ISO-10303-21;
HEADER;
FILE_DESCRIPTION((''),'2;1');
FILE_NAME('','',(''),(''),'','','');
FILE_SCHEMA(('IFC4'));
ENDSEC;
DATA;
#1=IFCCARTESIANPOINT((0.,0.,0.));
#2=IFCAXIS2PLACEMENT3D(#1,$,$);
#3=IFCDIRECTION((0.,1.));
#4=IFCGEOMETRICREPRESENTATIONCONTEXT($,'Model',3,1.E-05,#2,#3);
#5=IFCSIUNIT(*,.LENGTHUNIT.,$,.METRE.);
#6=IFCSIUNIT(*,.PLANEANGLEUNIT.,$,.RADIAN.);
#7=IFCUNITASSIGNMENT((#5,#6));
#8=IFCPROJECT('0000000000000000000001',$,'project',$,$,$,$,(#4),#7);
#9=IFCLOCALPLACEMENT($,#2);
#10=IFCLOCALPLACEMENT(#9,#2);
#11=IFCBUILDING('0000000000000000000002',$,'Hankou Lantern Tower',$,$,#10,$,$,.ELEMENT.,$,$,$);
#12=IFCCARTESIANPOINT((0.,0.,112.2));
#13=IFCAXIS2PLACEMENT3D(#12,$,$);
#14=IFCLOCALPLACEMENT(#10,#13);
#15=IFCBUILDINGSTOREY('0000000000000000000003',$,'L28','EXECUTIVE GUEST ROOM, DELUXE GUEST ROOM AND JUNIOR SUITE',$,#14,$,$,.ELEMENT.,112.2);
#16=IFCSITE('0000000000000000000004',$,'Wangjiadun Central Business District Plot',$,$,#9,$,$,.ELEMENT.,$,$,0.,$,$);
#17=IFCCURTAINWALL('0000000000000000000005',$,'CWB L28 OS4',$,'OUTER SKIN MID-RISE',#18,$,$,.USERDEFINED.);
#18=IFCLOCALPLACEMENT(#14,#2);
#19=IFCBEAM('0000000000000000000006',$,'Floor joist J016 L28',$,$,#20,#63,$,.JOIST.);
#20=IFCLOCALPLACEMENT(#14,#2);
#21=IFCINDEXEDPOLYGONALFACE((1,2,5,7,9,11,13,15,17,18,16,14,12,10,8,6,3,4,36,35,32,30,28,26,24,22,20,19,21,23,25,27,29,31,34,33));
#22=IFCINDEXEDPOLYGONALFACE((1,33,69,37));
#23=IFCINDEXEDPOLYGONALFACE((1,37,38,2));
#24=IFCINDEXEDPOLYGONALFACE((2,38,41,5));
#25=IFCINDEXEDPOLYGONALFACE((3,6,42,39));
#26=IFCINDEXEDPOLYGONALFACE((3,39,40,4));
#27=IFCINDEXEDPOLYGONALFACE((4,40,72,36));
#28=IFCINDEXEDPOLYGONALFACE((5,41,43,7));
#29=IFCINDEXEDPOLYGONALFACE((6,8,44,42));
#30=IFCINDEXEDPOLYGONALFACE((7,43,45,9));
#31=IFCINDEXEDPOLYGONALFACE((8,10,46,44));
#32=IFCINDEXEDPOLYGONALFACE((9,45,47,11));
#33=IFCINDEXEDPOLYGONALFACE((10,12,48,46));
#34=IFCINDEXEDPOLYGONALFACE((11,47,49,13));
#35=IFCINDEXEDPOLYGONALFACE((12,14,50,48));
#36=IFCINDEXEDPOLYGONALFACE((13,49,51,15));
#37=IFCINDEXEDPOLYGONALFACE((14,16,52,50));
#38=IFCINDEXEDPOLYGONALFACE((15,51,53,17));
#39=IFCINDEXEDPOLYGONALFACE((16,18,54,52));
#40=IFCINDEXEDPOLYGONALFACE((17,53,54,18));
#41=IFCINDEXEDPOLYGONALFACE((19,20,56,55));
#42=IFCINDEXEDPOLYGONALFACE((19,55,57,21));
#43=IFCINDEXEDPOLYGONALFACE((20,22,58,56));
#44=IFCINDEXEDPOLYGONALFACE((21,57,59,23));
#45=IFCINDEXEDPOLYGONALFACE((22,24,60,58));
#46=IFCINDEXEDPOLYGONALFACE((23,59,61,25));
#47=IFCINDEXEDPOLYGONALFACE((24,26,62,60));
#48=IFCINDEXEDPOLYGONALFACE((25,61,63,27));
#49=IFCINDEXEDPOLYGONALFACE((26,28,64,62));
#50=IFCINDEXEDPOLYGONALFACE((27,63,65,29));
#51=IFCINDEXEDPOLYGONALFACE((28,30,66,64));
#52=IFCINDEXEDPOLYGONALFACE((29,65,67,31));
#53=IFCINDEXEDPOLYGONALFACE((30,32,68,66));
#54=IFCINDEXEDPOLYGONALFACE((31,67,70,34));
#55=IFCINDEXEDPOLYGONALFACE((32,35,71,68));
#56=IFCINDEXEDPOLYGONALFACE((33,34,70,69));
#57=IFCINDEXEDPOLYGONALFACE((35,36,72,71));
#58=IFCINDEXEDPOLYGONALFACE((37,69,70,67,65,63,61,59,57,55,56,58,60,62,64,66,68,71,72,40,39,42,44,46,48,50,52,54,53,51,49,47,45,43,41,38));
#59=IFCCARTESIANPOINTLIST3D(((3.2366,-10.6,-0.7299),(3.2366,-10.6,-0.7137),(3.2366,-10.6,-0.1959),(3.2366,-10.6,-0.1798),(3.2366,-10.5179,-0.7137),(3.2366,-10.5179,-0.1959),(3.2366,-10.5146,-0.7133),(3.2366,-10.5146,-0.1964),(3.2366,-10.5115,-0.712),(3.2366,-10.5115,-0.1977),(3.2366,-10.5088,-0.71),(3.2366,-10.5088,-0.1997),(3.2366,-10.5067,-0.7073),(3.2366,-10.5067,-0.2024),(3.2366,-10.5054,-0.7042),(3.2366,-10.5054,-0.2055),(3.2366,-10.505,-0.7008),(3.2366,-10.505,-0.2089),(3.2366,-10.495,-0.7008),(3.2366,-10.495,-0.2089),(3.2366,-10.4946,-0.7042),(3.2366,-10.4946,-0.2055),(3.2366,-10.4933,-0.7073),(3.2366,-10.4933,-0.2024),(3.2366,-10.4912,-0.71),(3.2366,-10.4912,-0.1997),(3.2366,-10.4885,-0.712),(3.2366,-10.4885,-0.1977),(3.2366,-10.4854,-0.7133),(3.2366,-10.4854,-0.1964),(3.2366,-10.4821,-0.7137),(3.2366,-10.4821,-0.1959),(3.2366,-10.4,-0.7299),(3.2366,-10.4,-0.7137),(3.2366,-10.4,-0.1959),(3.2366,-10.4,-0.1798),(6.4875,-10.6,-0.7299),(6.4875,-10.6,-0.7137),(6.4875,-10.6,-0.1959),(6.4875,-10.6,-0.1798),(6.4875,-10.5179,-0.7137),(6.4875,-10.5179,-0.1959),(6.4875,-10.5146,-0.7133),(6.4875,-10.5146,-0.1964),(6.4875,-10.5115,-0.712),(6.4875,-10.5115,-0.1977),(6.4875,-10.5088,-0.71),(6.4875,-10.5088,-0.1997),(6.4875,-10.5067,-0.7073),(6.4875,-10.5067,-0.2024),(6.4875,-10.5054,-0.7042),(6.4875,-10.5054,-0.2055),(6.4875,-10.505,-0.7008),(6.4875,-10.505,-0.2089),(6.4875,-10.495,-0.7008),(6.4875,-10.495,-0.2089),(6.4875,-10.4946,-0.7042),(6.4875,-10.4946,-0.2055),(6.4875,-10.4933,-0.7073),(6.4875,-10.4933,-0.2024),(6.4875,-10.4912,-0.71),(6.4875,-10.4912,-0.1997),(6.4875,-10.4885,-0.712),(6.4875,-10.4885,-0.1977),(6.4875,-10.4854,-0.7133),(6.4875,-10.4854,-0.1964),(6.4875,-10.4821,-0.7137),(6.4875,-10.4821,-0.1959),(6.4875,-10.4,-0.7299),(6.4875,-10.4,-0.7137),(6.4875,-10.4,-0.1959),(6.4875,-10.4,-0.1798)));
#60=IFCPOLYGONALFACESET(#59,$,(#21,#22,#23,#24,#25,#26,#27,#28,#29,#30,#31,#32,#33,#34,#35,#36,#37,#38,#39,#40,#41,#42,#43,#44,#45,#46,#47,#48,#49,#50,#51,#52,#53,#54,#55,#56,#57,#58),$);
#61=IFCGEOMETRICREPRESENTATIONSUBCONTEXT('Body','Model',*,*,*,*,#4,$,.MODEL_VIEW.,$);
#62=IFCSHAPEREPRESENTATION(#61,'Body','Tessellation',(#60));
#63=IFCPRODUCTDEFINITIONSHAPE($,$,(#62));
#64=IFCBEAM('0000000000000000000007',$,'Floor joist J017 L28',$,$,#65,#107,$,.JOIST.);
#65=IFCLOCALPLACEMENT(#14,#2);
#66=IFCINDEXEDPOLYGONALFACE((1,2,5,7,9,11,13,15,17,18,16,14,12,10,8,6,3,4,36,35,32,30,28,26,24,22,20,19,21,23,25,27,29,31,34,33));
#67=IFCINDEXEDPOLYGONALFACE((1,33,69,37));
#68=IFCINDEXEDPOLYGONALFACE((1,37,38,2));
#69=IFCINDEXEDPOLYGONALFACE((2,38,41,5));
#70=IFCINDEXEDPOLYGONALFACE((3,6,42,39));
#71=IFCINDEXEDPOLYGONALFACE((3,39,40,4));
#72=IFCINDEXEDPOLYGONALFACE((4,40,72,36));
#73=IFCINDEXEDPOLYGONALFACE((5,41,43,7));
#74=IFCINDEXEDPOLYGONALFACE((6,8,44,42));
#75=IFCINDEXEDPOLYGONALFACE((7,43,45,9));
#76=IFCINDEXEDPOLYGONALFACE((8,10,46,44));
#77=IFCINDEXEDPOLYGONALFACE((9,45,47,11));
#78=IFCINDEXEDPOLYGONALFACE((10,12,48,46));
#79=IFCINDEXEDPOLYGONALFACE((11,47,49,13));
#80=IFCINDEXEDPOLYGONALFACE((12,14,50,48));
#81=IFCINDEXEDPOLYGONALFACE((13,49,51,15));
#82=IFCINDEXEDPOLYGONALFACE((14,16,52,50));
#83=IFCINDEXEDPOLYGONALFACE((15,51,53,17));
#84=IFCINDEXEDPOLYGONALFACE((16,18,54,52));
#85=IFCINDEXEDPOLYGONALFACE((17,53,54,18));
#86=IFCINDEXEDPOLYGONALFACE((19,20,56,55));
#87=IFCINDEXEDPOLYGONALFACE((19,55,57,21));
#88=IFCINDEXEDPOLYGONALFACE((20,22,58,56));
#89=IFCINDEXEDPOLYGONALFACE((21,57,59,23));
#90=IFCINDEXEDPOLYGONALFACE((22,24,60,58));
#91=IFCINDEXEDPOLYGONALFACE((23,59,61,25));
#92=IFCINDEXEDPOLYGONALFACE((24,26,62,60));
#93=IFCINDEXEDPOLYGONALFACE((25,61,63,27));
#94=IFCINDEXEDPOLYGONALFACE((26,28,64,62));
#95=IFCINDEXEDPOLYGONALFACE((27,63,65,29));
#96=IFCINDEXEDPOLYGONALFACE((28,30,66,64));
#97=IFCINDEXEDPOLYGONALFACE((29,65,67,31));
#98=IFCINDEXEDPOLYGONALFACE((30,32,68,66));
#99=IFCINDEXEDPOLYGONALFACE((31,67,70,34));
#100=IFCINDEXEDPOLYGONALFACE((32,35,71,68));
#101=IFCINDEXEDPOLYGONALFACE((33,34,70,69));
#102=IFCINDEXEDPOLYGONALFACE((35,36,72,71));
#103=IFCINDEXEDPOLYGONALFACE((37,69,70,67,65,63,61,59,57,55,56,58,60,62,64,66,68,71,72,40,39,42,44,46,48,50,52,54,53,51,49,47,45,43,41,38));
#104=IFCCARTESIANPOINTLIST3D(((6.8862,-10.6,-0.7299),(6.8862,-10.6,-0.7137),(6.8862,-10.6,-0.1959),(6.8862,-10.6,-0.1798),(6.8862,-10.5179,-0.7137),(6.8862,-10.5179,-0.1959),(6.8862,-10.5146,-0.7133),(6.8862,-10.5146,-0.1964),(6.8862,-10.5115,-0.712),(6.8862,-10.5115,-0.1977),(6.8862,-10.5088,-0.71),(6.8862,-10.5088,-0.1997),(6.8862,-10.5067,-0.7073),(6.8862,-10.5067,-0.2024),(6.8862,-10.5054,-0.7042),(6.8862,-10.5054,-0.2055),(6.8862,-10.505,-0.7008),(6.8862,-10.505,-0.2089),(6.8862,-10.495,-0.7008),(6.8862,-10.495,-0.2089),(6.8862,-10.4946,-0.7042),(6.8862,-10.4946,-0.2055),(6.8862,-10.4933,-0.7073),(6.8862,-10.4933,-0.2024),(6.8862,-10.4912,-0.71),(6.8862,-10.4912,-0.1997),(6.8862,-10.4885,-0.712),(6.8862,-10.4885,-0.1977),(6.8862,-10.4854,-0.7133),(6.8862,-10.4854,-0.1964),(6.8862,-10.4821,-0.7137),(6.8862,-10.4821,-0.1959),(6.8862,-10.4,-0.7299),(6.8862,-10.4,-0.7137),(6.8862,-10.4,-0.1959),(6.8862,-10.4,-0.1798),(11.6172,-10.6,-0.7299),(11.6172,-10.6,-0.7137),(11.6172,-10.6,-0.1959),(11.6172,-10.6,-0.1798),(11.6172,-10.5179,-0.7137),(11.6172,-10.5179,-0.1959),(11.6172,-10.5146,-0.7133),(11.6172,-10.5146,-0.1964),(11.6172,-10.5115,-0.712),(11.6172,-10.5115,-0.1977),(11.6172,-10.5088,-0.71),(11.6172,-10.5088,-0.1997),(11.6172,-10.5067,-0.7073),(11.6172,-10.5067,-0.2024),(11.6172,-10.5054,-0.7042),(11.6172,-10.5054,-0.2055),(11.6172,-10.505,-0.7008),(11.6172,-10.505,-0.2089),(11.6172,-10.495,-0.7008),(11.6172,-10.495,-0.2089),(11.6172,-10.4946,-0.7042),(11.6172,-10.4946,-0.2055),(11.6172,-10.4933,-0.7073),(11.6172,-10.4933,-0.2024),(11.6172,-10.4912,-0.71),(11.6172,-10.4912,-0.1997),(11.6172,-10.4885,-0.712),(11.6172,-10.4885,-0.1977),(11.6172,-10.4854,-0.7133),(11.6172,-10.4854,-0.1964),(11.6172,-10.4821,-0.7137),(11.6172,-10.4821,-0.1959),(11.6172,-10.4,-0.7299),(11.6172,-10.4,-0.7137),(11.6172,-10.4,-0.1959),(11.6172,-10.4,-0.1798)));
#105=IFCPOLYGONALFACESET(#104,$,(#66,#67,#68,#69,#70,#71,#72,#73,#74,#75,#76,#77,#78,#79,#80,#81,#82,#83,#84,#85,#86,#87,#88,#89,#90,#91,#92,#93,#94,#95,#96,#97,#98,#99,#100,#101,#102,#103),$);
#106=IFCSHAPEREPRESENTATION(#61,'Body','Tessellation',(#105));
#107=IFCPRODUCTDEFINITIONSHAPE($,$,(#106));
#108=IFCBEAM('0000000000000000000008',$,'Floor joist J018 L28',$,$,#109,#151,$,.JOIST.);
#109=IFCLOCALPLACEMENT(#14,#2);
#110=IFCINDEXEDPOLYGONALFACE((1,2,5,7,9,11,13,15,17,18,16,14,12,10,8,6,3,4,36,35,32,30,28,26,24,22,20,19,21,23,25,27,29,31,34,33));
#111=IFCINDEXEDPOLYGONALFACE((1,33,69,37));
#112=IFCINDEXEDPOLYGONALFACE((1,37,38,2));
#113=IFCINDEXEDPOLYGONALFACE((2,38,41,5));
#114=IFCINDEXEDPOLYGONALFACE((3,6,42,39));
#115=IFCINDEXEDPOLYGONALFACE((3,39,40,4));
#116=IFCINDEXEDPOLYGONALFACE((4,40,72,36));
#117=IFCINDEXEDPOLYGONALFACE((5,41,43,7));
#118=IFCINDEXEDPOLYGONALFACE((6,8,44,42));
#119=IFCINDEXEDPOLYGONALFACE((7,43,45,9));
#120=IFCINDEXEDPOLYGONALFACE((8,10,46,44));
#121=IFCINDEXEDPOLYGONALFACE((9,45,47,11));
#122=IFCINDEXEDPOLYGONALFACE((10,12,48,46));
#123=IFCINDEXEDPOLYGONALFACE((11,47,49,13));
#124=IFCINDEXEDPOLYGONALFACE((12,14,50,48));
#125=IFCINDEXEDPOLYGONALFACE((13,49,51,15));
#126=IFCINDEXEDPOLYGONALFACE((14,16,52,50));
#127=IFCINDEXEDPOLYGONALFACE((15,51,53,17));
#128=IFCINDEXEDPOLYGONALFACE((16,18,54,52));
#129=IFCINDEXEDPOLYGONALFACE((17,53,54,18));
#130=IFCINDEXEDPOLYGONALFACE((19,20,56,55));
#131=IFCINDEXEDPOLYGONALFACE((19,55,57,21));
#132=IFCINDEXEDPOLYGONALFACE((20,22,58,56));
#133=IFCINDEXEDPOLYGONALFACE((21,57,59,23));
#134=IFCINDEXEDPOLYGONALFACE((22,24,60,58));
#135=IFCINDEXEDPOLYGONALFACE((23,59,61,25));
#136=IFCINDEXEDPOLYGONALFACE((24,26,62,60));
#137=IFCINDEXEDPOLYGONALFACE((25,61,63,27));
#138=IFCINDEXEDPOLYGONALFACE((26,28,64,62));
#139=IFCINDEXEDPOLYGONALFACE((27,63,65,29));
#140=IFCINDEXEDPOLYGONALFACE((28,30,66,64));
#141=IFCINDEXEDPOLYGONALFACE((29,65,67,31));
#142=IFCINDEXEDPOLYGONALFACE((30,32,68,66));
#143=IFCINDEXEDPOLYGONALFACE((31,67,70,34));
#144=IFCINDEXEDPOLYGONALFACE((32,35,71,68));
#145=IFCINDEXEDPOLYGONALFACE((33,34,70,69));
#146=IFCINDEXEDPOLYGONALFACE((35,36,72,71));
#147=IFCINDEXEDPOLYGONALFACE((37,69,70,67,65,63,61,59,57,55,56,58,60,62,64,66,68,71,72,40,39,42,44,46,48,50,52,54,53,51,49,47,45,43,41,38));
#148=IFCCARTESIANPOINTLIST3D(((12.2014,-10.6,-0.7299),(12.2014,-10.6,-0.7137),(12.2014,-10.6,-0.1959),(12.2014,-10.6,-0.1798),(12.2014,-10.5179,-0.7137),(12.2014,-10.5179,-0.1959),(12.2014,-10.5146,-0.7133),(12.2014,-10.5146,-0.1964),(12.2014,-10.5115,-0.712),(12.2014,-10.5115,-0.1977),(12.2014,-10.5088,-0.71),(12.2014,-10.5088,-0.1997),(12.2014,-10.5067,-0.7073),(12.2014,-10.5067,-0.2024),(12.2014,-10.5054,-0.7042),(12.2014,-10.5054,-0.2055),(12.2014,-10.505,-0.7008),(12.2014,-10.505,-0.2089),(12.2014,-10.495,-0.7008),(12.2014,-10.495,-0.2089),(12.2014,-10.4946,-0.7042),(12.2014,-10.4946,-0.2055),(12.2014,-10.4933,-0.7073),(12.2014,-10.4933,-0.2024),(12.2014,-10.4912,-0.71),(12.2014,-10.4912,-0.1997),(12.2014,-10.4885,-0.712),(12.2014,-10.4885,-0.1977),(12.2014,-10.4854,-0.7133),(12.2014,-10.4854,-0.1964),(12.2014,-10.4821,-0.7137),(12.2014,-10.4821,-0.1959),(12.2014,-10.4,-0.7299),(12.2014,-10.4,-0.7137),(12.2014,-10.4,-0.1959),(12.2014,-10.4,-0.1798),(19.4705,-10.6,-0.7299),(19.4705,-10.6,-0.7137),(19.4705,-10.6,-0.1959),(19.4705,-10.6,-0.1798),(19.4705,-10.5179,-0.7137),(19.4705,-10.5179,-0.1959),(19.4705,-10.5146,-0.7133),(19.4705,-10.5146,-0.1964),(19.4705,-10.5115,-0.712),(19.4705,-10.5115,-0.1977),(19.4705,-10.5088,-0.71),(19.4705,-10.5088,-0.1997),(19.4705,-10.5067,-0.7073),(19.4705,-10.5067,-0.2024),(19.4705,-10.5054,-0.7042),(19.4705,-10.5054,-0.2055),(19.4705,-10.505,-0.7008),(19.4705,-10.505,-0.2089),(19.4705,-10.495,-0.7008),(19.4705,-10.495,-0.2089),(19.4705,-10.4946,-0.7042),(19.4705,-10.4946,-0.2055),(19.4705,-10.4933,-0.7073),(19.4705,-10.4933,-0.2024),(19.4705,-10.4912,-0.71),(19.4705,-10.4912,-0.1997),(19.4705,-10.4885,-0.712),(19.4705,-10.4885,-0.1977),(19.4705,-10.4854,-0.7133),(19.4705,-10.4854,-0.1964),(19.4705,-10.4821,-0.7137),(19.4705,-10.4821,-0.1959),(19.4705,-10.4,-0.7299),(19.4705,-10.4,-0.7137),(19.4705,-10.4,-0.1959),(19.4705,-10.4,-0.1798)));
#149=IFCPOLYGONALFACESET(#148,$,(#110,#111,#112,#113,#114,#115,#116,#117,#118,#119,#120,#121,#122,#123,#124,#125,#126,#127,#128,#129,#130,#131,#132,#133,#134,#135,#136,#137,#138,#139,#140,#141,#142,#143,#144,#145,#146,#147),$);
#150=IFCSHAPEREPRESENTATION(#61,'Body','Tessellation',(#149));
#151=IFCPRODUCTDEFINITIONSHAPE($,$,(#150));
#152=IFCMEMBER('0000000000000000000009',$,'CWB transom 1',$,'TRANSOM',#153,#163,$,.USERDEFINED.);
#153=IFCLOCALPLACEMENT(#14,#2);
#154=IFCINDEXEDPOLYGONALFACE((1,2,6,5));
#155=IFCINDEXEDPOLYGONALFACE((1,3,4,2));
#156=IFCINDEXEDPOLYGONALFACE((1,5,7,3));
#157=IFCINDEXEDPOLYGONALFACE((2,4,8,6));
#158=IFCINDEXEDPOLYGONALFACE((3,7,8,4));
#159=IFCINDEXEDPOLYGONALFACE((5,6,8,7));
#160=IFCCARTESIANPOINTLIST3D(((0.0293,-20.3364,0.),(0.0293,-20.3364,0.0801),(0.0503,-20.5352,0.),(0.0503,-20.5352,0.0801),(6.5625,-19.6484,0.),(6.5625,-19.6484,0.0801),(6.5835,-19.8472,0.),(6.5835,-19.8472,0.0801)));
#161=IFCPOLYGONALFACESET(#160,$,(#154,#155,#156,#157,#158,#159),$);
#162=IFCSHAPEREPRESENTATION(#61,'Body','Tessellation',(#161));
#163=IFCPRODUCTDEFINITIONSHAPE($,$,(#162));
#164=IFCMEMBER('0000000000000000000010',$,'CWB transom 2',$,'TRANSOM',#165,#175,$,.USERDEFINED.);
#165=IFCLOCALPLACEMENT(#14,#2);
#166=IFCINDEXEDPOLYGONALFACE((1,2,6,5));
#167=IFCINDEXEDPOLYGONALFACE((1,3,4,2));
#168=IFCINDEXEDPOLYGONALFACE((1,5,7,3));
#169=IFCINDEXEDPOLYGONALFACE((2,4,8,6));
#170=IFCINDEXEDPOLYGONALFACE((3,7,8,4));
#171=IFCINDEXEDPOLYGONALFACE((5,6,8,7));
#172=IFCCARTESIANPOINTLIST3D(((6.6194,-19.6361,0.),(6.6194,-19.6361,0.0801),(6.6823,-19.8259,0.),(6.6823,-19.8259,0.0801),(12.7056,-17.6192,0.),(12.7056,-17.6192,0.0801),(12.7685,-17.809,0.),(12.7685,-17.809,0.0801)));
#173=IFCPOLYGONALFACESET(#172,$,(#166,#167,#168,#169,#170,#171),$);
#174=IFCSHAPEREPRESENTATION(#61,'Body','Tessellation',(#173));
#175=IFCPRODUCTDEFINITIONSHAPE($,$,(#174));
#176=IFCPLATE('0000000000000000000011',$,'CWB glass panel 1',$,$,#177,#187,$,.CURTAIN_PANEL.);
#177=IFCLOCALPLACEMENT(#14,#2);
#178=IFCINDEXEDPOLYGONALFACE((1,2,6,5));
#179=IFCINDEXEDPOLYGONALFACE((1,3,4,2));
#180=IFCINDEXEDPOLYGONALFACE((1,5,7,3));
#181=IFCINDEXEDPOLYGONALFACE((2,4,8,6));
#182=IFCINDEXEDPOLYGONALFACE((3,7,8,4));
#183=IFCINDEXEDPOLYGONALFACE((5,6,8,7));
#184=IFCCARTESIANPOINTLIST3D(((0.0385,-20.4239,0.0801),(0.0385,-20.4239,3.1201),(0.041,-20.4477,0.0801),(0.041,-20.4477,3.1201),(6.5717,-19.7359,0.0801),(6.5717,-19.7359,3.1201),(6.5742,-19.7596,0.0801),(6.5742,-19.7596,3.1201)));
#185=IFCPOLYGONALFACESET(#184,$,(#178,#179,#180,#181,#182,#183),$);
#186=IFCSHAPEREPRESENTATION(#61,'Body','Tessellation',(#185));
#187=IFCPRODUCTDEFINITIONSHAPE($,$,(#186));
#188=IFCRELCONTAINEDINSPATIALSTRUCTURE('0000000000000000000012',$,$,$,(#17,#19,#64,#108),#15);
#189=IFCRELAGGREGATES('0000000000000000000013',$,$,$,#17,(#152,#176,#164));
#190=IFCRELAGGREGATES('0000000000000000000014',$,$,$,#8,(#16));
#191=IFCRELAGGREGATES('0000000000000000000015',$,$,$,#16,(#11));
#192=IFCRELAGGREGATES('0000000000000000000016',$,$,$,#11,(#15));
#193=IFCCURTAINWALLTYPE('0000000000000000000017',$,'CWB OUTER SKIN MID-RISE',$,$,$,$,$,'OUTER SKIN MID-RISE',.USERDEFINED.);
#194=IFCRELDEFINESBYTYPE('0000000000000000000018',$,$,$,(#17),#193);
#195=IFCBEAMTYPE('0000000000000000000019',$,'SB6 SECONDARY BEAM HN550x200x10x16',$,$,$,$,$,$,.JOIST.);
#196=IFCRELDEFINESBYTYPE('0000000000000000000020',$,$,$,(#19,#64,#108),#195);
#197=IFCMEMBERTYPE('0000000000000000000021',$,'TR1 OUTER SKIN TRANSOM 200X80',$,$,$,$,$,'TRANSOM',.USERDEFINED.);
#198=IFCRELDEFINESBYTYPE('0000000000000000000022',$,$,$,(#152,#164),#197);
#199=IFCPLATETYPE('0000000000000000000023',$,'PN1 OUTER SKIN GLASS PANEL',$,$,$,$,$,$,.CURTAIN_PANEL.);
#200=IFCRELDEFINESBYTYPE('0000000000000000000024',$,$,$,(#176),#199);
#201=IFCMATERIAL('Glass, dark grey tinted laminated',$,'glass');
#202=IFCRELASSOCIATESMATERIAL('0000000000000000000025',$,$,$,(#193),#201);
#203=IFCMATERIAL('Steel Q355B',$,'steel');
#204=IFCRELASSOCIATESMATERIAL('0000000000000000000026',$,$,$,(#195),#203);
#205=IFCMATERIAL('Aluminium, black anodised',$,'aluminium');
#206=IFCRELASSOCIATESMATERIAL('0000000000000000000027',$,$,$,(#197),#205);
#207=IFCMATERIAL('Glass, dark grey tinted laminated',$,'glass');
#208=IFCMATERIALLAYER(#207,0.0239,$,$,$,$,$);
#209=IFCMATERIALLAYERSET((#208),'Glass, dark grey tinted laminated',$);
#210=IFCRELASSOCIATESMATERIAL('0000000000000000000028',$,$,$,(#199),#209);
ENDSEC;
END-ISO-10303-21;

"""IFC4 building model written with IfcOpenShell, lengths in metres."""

from ifc_helpers import new_model, si_unit, direction, frame, origin, origin_2d, place, context, subcontext, project, spatial, rectangle, i_section, extrude, material, layer, layer_set, material_profile, profile_set, type_object, element, aggregate, save


model = new_model("IFC4")

# Units and contexts
model_context = context("Model", 3, precision=1e-05, world=origin(), true_north=direction((0.0, 1.0)))
body_context = subcontext(model_context, "Body", "Model", "MODEL_VIEW")
ifc_project = project(units=[si_unit("LENGTHUNIT", "METRE"), si_unit("PLANEANGLEUNIT", "RADIAN")], contexts=[model_context])

# Site, building, storey
site_placement = place(None, origin())
site = spatial("IfcSite", under=ifc_project, at=site_placement, Name="Wangjiadun Central Business District Plot", CompositionType="ELEMENT", RefElevation=0.0)
building_placement = place(site_placement, origin())
building = spatial("IfcBuilding", under=site, at=building_placement, Name="Hankou Lantern Tower", CompositionType="ELEMENT")
storey_placement = place(building_placement, frame((0.0, 0.0, 112.2)))
storey = spatial("IfcBuildingStorey", under=building, at=storey_placement, Name="L28", Description="EXECUTIVE GUEST ROOM, DELUXE GUEST ROOM AND JUNIOR SUITE", CompositionType="ELEMENT", Elevation=112.2)

# Curtain wall
ifc_material_1 = material(Name="Glass, dark grey tinted laminated", Category="glass")
curtain_wall_type = type_object("IfcCurtainWallType", Name="CWB OUTER SKIN MID-RISE", ElementType="OUTER SKIN MID-RISE", PredefinedType="USERDEFINED", material=ifc_material_1)
curtain_wall_placement = place(storey_placement, origin())
curtain_wall = element("IfcCurtainWall", 1, at=curtain_wall_placement, inside=storey, type_object=curtain_wall_type, Name="CWB L28 OS4", ObjectType="OUTER SKIN MID-RISE", PredefinedType="USERDEFINED")

# Beams
ifc_material_2 = material(Name="Steel Q355B", Category="steel")
ifc_material_profile_1 = material_profile(ifc_material_2, i_section(OverallWidth=0.2, OverallDepth=0.55, WebThickness=0.01, FlangeThickness=0.0161, FilletRadius=0.0129, at=origin_2d()), Name="HN550x200x10x16")
ifc_profile_set_1 = profile_set([ifc_material_profile_1], Name="Steel Q355B")
beam_type_1 = type_object("IfcBeamType", Name="SB6 SECONDARY BEAM HN550x200x10x16", PredefinedType="JOIST", material=ifc_profile_set_1)
beam_1_placement = place(storey_placement, frame((3.2366, -10.5, -0.4548), z_axis=(1.0, 0.0, 0.0), x_axis=(0.0, 1.0, 0.0)))
element("IfcBeam", 2, at=beam_1_placement, inside=storey, type_object=beam_type_1, Name="Floor joist J016 L28", PredefinedType="JOIST", context=body_context, shape_type="SweptSolid", body=[
    extrude(i_section(OverallWidth=0.2, OverallDepth=0.55, WebThickness=0.01, FlangeThickness=0.0161, FilletRadius=0.0129, at=origin_2d()), origin(), (0.0, 0.0, 1.0), 3.251),
])
beam_2_placement = place(storey_placement, frame((6.8862, -10.5, -0.4548), z_axis=(1.0, 0.0, 0.0), x_axis=(0.0, 1.0, 0.0)))
element("IfcBeam", 3, at=beam_2_placement, inside=storey, type_object=beam_type_1, Name="Floor joist J017 L28", PredefinedType="JOIST", context=body_context, shape_type="SweptSolid", body=[
    extrude(i_section(OverallWidth=0.2, OverallDepth=0.55, WebThickness=0.01, FlangeThickness=0.0161, FilletRadius=0.0129, at=origin_2d()), origin(), (0.0, 0.0, 1.0), 4.731),
])
beam_3_placement = place(storey_placement, frame((12.2014, -10.5, -0.4548), z_axis=(1.0, 0.0, 0.0), x_axis=(0.0, 1.0, 0.0)))
element("IfcBeam", 4, at=beam_3_placement, inside=storey, type_object=beam_type_1, Name="Floor joist J018 L28", PredefinedType="JOIST", context=body_context, shape_type="SweptSolid", body=[
    extrude(i_section(OverallWidth=0.2, OverallDepth=0.55, WebThickness=0.01, FlangeThickness=0.0161, FilletRadius=0.0129, at=origin_2d()), origin(), (0.0, 0.0, 1.0), 7.269),
])

# Members
ifc_material_3 = material(Name="Aluminium, black anodised", Category="aluminium")
ifc_material_profile_2 = material_profile(ifc_material_3, rectangle(XDim=0.2, YDim=0.0801, at=origin_2d()), Name="TR1 200X80")
ifc_profile_set_2 = profile_set([ifc_material_profile_2], Name="Aluminium, black anodised")
member_type_1 = type_object("IfcMemberType", Name="TR1 OUTER SKIN TRANSOM 200X80", ElementType="TRANSOM", PredefinedType="USERDEFINED", material=ifc_profile_set_2)
member_1_placement = place(storey_placement, frame((0.0398, -20.4358, 0.04), z_axis=(0.994501, 0.104727, 0.0), x_axis=(-0.104727, 0.994501, 0.0)))
member_1 = element("IfcMember", 5, at=member_1_placement, type_object=member_type_1, Name="CWB transom 1", ObjectType="TRANSOM", PredefinedType="USERDEFINED", context=body_context, shape_type="SweptSolid", body=[
    extrude(rectangle(XDim=0.2, YDim=0.0801, at=origin_2d()), origin(), (0.0, 0.0, 1.0), 6.5693),
])
member_2_placement = place(storey_placement, frame((6.6509, -19.731, 0.04), z_axis=(0.949238, 0.314559, 0.0), x_axis=(-0.314559, 0.949238, 0.0)))
member_2 = element("IfcMember", 6, at=member_2_placement, type_object=member_type_1, Name="CWB transom 2", ObjectType="TRANSOM", PredefinedType="USERDEFINED", context=body_context, shape_type="SweptSolid", body=[
    extrude(rectangle(XDim=0.2, YDim=0.0801, at=origin_2d()), origin(), (0.0, 0.0, 1.0), 6.4116),
])

# Plate
ifc_material_4 = material(Name="Glass, dark grey tinted laminated", Category="glass")
ifc_layer_1 = layer(ifc_material_4, 0.0239)
ifc_layer_set_1 = layer_set([ifc_layer_1], Name="Glass, dark grey tinted laminated")
plate_type = type_object("IfcPlateType", Name="PN1 OUTER SKIN GLASS PANEL", PredefinedType="CURTAIN_PANEL", material=ifc_layer_set_1)
plate_1_placement = place(storey_placement, frame((3.3064, -20.0918, 0.0801), z_axis=(0.0, 0.0, 1.0), x_axis=(0.994499, 0.104743, 0.0)))
plate_1 = element("IfcPlate", 7, at=plate_1_placement, type_object=plate_type, Name="CWB glass panel 1", PredefinedType="CURTAIN_PANEL", context=body_context, shape_type="SweptSolid", body=[
    extrude(rectangle(XDim=6.5693, YDim=0.0239, at=origin_2d()), origin(), (0.0, 0.0, 1.0), 3.04),
])
aggregate(curtain_wall, [member_1, plate_1, member_2])

save(model, "model.ifc")
